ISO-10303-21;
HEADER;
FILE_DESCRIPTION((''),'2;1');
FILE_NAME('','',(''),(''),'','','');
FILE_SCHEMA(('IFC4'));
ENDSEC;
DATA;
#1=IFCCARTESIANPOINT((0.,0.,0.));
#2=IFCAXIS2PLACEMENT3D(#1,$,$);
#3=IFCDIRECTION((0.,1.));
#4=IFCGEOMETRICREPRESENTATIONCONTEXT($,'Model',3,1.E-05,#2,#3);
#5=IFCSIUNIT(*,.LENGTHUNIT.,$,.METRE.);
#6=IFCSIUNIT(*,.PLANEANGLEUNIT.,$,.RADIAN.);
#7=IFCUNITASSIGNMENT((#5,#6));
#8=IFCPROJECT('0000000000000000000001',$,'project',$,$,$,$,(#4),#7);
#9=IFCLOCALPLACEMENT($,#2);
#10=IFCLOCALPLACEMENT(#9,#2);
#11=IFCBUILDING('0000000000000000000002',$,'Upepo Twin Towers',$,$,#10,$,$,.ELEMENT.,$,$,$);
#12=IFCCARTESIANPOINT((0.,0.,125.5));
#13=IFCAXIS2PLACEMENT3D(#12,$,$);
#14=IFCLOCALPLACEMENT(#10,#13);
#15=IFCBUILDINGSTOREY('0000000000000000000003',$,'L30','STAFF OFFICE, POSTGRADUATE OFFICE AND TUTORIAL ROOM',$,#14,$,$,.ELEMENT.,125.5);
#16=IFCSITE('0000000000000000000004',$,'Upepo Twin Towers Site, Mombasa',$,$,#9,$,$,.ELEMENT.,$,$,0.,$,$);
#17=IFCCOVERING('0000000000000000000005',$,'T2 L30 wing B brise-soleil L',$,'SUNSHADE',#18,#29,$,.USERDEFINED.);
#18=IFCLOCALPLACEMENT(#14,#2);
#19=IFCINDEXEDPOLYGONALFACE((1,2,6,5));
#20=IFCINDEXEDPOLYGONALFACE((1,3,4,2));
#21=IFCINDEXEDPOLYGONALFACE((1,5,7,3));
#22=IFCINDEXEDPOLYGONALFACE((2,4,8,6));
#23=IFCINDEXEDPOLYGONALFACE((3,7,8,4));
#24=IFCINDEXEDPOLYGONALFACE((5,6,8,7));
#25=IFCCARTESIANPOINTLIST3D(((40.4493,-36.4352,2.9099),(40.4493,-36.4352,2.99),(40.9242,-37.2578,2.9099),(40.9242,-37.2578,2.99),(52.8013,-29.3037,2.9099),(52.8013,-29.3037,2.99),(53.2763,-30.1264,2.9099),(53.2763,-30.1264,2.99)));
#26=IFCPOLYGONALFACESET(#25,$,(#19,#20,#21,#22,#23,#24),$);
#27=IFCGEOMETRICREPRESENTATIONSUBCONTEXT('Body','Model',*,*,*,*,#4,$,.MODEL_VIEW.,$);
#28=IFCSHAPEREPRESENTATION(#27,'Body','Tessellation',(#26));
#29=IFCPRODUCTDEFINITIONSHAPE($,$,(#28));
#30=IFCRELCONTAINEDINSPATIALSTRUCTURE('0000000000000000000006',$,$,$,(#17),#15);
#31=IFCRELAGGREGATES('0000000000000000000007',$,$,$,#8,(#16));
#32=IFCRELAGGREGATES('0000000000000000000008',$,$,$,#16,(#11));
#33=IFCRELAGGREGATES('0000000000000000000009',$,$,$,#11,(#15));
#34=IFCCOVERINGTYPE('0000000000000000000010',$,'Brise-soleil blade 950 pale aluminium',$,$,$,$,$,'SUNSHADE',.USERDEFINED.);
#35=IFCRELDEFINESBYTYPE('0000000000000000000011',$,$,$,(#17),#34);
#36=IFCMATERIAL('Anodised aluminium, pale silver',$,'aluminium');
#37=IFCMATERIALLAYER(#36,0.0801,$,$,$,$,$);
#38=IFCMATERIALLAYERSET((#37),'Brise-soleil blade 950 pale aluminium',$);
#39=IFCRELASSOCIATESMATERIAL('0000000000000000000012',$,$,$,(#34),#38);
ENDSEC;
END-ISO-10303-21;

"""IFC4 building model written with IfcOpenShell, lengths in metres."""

from ifc_helpers import new_model, si_unit, direction, frame, origin, origin_2d, place, context, subcontext, project, spatial, rectangle, extrude, material, layer, layer_set, type_object, element, save


model = new_model("IFC4")

# Units and contexts
model_context = context("Model", 3, precision=1e-05, world=origin(), true_north=direction((0.0, 1.0)))
body_context = subcontext(model_context, "Body", "Model", "MODEL_VIEW")
ifc_project = project(units=[si_unit("LENGTHUNIT", "METRE"), si_unit("PLANEANGLEUNIT", "RADIAN")], contexts=[model_context])

# Site, building, storey
site_placement = place(None, origin())
site = spatial("IfcSite", under=ifc_project, at=site_placement, Name="Upepo Twin Towers Site, Mombasa", CompositionType="ELEMENT", RefElevation=0.0)
building_placement = place(site_placement, origin())
building = spatial("IfcBuilding", under=site, at=building_placement, Name="Upepo Twin Towers", CompositionType="ELEMENT")
storey_placement = place(building_placement, frame((0.0, 0.0, 125.5)))
storey = spatial("IfcBuildingStorey", under=building, at=storey_placement, Name="L30", Description="STAFF OFFICE, POSTGRADUATE OFFICE AND TUTORIAL ROOM", CompositionType="ELEMENT", Elevation=125.5)

# Covering
ifc_material_1 = material(Name="Anodised aluminium, pale silver", Category="aluminium")
ifc_layer_1 = layer(ifc_material_1, 0.0801)
ifc_layer_set_1 = layer_set([ifc_layer_1], Name="Brise-soleil blade 950 pale aluminium")
covering_type = type_object("IfcCoveringType", Name="Brise-soleil blade 950 pale aluminium", ElementType="SUNSHADE", PredefinedType="USERDEFINED", material=ifc_layer_set_1)
covering_placement = place(storey_placement, frame((46.8628, -33.2808, 2.9099), z_axis=(0.0, 0.0, 1.0), x_axis=(-0.866025, -0.5, 0.0)))
element("IfcCovering", 1, at=covering_placement, inside=storey, type_object=covering_type, Name="T2 L30 wing B brise-soleil L", ObjectType="SUNSHADE", PredefinedType="USERDEFINED", context=body_context, shape_type="SweptSolid", body=[
    extrude(rectangle(XDim=14.2629, YDim=0.95, at=origin_2d()), origin(), (0.0, 0.0, 1.0), 0.0801),
])

save(model, "model.ifc")
